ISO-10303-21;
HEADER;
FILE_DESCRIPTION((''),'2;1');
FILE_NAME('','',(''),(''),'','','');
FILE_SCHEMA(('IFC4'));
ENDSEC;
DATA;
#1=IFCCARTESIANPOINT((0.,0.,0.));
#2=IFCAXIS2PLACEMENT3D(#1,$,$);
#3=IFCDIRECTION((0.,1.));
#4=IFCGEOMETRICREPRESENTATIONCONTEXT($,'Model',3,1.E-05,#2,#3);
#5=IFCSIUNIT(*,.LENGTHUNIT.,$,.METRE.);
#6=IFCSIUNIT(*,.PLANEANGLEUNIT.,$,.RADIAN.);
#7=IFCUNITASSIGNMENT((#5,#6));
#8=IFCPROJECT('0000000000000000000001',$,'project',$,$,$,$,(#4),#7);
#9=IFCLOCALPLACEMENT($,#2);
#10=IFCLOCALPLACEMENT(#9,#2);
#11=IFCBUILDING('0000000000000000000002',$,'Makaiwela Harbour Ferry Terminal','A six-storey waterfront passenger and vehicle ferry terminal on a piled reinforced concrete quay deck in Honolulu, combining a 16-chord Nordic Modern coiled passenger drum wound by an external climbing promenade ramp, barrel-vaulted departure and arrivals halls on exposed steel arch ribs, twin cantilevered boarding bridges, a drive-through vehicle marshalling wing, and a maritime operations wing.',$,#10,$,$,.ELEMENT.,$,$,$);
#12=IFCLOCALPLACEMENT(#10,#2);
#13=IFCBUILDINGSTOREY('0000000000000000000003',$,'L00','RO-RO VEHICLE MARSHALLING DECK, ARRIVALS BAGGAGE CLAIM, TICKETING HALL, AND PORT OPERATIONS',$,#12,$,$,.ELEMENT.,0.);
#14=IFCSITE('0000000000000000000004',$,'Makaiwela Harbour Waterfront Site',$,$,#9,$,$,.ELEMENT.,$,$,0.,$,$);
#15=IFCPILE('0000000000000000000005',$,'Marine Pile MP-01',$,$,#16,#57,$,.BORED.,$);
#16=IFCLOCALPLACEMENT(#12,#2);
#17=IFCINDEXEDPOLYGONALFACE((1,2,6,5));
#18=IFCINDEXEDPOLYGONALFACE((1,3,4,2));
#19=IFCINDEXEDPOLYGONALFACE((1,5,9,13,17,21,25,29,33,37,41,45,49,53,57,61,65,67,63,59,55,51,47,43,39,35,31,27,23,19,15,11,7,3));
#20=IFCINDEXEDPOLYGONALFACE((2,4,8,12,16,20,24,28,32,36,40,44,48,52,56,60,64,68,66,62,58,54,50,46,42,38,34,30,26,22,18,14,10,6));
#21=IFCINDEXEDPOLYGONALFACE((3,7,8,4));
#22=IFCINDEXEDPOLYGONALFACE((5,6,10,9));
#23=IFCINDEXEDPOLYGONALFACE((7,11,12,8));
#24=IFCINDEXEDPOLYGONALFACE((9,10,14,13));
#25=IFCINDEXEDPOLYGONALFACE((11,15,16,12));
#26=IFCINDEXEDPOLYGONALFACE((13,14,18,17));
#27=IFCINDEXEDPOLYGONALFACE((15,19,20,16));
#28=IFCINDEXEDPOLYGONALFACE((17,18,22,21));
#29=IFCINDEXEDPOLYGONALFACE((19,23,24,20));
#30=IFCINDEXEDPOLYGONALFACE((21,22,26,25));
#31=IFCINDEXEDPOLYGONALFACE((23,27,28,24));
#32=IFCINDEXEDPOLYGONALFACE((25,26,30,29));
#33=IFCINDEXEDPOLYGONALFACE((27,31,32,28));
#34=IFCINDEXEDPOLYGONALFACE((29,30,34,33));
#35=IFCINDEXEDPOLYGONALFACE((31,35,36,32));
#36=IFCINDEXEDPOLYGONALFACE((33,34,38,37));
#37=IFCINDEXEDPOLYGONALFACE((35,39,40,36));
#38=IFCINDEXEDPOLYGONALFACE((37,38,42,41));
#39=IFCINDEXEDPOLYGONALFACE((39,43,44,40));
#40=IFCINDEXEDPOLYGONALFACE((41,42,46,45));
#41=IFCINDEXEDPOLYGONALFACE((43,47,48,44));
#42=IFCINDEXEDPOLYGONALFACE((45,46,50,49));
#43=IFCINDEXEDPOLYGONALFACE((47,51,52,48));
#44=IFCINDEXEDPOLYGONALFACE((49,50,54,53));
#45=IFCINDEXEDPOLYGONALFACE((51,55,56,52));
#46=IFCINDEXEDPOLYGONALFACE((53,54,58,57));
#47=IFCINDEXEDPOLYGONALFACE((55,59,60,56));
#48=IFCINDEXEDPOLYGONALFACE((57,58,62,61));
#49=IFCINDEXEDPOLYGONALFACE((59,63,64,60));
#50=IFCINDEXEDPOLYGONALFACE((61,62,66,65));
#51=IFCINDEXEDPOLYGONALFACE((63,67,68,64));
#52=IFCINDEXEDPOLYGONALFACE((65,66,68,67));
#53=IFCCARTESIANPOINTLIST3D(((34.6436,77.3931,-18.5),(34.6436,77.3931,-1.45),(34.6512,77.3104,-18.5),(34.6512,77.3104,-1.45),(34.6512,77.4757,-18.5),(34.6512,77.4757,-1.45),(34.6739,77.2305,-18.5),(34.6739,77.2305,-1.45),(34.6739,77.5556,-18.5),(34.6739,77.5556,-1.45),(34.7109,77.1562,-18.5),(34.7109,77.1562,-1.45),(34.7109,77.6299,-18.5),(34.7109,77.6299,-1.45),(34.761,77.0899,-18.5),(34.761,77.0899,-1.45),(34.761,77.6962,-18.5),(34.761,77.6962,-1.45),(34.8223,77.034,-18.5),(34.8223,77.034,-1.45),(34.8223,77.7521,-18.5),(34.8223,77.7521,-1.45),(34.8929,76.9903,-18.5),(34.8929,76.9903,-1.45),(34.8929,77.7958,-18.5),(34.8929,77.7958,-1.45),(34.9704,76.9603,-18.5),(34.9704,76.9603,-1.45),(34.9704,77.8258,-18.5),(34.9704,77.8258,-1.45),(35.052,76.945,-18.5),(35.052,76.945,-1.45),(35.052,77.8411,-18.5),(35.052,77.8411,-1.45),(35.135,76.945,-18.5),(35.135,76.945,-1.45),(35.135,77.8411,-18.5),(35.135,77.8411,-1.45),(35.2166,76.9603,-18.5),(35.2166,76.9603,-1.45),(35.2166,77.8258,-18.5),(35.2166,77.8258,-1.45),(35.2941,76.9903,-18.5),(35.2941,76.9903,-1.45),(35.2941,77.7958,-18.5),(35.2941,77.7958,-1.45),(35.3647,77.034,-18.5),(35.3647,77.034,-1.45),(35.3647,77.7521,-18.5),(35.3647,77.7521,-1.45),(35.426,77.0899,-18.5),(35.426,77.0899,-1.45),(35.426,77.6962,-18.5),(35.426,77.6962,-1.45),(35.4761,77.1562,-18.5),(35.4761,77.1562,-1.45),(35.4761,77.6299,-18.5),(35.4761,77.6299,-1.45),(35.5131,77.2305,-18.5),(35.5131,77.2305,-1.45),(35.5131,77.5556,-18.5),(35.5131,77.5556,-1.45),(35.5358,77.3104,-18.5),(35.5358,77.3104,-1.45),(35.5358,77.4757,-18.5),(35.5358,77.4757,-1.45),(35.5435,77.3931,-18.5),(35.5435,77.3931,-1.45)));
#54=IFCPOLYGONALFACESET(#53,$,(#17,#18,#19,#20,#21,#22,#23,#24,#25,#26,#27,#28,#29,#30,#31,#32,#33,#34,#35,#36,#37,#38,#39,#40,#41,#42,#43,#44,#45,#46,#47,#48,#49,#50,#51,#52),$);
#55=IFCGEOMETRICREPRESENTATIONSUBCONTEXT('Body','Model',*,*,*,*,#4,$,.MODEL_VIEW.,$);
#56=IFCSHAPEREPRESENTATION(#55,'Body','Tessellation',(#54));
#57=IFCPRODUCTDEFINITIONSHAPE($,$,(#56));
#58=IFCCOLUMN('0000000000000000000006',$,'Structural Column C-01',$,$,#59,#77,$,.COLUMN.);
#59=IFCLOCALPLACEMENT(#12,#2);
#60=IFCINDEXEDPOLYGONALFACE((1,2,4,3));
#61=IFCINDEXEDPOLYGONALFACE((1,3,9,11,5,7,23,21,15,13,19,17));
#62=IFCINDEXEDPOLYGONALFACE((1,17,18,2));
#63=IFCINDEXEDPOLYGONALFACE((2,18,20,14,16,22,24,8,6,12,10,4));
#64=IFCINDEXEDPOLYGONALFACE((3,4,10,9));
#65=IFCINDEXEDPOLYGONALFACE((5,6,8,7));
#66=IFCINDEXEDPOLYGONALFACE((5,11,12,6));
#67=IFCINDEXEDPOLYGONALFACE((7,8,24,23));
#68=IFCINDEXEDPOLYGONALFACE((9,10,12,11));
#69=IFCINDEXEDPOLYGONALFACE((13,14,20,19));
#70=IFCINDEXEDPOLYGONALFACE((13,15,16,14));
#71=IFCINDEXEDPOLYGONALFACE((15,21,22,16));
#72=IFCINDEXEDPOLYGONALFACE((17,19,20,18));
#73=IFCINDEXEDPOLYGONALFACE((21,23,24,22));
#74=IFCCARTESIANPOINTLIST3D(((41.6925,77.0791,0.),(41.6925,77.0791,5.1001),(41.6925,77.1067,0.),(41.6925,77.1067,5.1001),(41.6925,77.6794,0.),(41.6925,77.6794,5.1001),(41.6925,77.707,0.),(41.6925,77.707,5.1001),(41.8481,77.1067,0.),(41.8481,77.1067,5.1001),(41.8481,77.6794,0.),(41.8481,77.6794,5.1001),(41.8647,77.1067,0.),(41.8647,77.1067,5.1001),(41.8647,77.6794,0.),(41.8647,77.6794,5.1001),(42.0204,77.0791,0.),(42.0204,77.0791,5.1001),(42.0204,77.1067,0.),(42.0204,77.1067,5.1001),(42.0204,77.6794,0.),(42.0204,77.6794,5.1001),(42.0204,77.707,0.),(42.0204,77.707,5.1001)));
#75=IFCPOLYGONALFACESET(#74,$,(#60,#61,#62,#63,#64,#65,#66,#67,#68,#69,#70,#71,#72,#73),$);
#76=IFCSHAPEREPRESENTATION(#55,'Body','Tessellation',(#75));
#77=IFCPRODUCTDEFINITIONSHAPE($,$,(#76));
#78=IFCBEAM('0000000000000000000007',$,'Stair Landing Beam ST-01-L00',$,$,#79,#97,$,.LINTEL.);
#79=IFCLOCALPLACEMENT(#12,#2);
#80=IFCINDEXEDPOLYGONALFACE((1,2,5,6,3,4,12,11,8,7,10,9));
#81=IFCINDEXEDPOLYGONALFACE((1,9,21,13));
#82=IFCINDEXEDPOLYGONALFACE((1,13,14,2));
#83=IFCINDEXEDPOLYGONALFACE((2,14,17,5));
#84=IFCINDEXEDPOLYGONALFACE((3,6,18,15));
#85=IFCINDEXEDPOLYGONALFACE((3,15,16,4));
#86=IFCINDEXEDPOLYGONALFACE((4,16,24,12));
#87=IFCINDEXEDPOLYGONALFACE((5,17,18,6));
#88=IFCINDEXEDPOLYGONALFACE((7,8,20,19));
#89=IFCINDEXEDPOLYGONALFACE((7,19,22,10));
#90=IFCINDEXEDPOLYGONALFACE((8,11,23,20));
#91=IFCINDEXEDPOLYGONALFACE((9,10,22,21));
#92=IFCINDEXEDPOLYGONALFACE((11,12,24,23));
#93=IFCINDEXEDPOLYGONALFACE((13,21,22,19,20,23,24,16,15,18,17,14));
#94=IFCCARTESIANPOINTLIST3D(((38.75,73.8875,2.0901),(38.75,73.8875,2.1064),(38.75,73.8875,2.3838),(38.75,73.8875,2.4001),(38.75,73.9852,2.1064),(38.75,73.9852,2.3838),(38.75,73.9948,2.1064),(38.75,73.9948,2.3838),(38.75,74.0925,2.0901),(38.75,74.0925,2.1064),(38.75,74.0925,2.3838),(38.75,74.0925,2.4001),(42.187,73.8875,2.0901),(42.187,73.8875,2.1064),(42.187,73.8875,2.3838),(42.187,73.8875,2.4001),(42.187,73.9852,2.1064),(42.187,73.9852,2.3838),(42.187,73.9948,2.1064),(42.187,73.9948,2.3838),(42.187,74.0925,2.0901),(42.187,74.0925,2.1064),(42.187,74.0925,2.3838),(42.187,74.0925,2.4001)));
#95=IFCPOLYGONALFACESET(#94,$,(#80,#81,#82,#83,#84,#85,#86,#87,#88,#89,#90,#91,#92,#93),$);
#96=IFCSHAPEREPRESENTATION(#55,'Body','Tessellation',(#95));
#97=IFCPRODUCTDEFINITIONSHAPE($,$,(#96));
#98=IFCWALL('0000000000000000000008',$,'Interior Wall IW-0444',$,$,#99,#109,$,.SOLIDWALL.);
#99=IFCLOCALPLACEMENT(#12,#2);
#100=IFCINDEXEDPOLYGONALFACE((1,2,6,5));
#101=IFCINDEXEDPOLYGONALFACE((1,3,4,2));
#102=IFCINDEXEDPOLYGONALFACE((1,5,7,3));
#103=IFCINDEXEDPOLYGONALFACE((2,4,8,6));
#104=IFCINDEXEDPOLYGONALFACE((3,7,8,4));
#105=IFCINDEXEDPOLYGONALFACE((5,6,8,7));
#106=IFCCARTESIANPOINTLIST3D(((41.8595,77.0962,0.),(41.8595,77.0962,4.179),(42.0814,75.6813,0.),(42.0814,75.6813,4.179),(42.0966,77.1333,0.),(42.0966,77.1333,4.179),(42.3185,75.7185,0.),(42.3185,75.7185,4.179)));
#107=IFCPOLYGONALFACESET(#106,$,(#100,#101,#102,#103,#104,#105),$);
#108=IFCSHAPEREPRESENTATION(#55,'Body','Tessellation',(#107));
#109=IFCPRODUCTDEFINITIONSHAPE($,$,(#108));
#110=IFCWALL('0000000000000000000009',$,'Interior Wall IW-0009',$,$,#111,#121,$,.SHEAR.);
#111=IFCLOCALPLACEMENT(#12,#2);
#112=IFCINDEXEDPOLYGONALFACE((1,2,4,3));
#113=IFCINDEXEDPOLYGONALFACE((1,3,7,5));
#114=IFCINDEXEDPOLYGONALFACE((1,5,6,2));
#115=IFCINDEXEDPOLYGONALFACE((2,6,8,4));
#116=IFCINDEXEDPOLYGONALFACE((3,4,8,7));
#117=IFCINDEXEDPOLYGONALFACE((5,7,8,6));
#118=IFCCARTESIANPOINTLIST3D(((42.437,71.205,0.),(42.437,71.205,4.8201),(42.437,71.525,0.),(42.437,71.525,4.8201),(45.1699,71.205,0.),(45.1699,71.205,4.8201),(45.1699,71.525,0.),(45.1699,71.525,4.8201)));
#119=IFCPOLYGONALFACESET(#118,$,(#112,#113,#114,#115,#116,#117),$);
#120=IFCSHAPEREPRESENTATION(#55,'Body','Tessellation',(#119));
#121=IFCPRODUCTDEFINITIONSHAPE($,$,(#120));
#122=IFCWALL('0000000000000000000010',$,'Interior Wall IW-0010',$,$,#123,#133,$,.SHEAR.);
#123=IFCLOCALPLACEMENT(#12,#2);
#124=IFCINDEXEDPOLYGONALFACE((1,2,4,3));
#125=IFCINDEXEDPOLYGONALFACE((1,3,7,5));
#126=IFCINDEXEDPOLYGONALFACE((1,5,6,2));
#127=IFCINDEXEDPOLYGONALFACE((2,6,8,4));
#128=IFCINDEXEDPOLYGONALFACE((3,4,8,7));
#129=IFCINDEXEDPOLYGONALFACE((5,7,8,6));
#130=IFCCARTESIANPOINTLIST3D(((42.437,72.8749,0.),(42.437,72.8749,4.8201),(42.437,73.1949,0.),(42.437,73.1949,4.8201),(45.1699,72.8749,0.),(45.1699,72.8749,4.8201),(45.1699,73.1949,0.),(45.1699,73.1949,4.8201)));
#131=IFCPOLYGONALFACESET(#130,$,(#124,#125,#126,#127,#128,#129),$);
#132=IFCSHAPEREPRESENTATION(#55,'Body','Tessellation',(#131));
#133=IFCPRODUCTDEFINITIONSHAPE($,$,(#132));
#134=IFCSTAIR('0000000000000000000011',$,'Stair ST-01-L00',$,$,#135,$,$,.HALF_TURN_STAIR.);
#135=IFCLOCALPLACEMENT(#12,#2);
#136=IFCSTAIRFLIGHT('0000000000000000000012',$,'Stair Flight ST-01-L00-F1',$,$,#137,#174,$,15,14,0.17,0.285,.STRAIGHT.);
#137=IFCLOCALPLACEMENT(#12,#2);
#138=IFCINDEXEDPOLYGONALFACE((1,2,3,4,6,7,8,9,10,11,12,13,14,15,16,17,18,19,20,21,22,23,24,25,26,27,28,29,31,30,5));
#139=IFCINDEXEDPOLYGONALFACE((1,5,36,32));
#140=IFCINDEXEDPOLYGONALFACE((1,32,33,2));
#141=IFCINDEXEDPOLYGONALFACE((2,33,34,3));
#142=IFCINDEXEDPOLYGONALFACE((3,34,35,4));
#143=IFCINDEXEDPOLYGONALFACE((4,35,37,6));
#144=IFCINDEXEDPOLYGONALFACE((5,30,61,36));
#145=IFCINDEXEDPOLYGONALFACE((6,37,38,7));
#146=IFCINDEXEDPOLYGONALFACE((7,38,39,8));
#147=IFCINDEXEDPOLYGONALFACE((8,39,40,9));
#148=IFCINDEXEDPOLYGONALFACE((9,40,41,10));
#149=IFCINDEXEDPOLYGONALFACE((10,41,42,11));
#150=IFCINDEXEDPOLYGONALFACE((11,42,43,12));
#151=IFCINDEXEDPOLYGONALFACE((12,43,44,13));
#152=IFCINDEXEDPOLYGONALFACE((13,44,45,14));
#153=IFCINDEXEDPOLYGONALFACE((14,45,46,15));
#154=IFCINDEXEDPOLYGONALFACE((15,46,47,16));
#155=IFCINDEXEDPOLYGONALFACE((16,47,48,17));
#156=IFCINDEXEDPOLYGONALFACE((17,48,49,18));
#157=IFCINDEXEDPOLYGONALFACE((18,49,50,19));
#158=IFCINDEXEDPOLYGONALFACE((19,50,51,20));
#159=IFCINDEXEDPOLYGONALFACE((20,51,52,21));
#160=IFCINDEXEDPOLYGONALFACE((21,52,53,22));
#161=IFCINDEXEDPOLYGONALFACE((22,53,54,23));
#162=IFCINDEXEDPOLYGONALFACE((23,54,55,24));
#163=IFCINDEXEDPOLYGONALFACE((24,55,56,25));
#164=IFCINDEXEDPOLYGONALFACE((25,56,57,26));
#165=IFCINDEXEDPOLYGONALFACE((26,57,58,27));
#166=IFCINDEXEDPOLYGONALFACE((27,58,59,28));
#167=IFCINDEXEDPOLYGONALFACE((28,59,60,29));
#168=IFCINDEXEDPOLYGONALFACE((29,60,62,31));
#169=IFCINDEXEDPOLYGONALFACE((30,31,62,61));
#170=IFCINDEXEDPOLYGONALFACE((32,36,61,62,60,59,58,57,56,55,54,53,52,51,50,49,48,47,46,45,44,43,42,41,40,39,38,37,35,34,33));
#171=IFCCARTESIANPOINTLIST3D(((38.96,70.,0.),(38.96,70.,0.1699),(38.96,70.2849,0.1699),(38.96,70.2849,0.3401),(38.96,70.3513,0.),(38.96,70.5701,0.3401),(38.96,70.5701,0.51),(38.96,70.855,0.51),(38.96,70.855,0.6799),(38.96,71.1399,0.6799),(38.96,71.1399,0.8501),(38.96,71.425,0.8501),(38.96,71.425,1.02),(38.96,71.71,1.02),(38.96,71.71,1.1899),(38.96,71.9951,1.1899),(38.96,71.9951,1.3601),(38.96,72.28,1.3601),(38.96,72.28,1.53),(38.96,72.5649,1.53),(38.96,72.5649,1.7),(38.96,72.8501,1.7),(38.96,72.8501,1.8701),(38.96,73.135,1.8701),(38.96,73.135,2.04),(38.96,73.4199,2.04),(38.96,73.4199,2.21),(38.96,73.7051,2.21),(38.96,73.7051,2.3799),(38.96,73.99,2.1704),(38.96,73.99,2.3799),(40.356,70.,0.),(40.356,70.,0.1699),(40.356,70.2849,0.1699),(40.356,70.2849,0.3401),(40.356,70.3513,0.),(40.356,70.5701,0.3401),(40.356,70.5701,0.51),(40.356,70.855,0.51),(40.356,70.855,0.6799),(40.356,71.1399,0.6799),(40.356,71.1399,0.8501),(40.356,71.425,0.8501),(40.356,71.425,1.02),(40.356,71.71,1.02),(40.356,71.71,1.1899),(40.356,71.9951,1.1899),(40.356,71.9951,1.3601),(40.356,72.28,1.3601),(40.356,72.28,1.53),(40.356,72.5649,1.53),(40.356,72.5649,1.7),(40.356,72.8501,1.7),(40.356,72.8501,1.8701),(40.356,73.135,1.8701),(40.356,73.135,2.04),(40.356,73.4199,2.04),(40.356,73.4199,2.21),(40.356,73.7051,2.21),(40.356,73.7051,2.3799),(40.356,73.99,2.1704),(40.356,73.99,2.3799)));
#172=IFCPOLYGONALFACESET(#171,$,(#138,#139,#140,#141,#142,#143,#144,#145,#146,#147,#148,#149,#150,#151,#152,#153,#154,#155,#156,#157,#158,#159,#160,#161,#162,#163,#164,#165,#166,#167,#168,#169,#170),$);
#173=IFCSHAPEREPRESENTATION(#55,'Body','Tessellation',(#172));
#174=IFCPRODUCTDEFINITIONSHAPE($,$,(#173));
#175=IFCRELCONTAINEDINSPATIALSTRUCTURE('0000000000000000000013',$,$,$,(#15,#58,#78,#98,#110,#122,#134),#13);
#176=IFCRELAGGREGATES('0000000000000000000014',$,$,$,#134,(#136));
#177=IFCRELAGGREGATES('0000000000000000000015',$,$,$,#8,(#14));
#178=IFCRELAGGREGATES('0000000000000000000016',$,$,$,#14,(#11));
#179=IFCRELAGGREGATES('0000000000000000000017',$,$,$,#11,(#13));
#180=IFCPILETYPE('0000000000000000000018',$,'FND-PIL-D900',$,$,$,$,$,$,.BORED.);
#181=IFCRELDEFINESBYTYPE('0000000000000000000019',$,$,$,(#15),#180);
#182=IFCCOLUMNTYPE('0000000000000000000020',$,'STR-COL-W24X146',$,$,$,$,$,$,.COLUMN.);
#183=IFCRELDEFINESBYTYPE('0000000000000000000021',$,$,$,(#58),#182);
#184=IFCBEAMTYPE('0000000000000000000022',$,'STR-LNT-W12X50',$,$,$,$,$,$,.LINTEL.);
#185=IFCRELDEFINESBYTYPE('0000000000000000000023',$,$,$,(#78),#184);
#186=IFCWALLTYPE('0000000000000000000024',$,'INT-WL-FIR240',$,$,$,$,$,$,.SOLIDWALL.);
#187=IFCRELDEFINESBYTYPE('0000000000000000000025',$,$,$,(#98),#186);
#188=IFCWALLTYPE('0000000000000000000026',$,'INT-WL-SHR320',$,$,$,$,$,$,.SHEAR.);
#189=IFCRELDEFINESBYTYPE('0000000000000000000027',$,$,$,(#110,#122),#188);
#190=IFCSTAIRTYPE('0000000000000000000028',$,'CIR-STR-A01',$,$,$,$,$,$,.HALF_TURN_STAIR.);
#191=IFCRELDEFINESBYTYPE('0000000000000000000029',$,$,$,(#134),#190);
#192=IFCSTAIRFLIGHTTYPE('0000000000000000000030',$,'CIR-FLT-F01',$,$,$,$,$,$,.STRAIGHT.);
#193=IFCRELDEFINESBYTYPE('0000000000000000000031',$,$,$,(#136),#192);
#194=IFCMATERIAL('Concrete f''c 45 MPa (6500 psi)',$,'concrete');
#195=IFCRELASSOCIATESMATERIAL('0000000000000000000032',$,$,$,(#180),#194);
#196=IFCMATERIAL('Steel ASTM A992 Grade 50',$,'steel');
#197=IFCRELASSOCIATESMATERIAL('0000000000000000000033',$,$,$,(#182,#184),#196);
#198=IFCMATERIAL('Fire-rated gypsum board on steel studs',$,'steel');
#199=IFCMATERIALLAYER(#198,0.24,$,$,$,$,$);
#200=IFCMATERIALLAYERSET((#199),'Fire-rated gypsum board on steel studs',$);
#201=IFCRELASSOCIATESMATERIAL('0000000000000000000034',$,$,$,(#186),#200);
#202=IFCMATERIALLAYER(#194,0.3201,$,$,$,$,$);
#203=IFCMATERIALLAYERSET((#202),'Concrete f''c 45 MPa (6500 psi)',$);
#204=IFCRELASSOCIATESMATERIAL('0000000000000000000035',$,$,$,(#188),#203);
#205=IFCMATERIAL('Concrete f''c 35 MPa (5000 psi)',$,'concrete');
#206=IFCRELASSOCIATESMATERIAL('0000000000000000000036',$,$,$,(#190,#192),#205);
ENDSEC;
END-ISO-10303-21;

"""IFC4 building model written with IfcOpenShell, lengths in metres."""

from ifc_helpers import new_model, si_unit, direction, frame, frame_2d, origin, origin_2d, place, context, subcontext, project, spatial, polyline, rectangle, circle, i_section, outline, extrude, material, layer, layer_set, material_profile, profile_set, type_object, element, aggregate, save


model = new_model("IFC4")

# Units and contexts
model_context = context("Model", 3, precision=1e-05, world=origin(), true_north=direction((0.0, 1.0)))
body_context = subcontext(model_context, "Body", "Model", "MODEL_VIEW")
ifc_project = project(units=[si_unit("LENGTHUNIT", "METRE"), si_unit("PLANEANGLEUNIT", "RADIAN")], contexts=[model_context])

# Site, building, storey
site_placement = place(None, origin())
site = spatial("IfcSite", under=ifc_project, at=site_placement, Name="Makaiwela Harbour Waterfront Site", CompositionType="ELEMENT", RefElevation=0.0)
building_placement = place(site_placement, origin())
building = spatial("IfcBuilding", under=site, at=building_placement, Name="Makaiwela Harbour Ferry Terminal", Description="A six-storey waterfront passenger and vehicle ferry terminal on a piled reinforced concrete quay deck in Honolulu, combining a 16-chord Nordic Modern coiled passenger drum wound by an external climbing promenade ramp, barrel-vaulted departure and arrivals halls on exposed steel arch ribs, twin cantilevered boarding bridges, a drive-through vehicle marshalling wing, and a maritime operations wing.", CompositionType="ELEMENT")
storey_placement = place(building_placement, origin())
storey = spatial("IfcBuildingStorey", under=building, at=storey_placement, Name="L00", Description="RO-RO VEHICLE MARSHALLING DECK, ARRIVALS BAGGAGE CLAIM, TICKETING HALL, AND PORT OPERATIONS", CompositionType="ELEMENT", Elevation=0.0)

# Shared definitions
ifc_material_1 = material(Name="Concrete f'c 45 MPa (6500 psi)", Category="concrete")

# Pile
ifc_material_profile_1 = material_profile(ifc_material_1, circle(Radius=0.45, at=origin_2d()), Name="PILE-D900")
ifc_profile_set_1 = profile_set([ifc_material_profile_1], Name="Concrete f'c 45 MPa (6500 psi)")
pile_type_1 = type_object("IfcPileType", Name="FND-PIL-D900", PredefinedType="BORED", material=ifc_profile_set_1)
for number, where, z_axis, x_axis, name in (
    (1, (35.0935, 77.3931, -1.45), (0.0, 0.0, -1.0), (1.0, 0.0, 0.0), "Marine Pile MP-01"),
):
    element("IfcPile", number, at=place(storey_placement, frame(where, z_axis=z_axis, x_axis=x_axis)), inside=storey, type_object=pile_type_1, Name=name, PredefinedType="BORED", context=body_context, shape_type="SweptSolid", body=[
        extrude(circle(Radius=0.45, at=origin_2d()), origin(), (0.0, 0.0, 1.0), 17.05),
    ])

# Column
ifc_material_2 = material(Name="Steel ASTM A992 Grade 50", Category="steel")
ifc_material_profile_2 = material_profile(ifc_material_2, i_section(OverallWidth=0.3279, OverallDepth=0.6279, WebThickness=0.0166, FlangeThickness=0.0276, at=origin_2d()), Name="W24X146")
ifc_profile_set_2 = profile_set([ifc_material_profile_2], Name="Steel ASTM A992 Grade 50")
column_type = type_object("IfcColumnType", Name="STR-COL-W24X146", PredefinedType="COLUMN", material=ifc_profile_set_2)
column_placement = place(storey_placement, frame((41.8564, 77.3931, 0.0), z_axis=(0.0, 0.0, 1.0), x_axis=(1.0, 0.0, 0.0)))
element("IfcColumn", 2, at=column_placement, inside=storey, type_object=column_type, Name="Structural Column C-01", PredefinedType="COLUMN", context=body_context, shape_type="SweptSolid", body=[
    extrude(i_section(OverallWidth=0.3279, OverallDepth=0.6279, WebThickness=0.0166, FlangeThickness=0.0276, at=origin_2d()), origin(), (0.0, 0.0, 1.0), 5.1001),
])

# Beam
ifc_material_profile_3 = material_profile(ifc_material_2, i_section(OverallWidth=0.2051, OverallDepth=0.3101, WebThickness=0.0095, FlangeThickness=0.0164, at=origin_2d()), Name="W12X50")
ifc_profile_set_3 = profile_set([ifc_material_profile_3], Name="Steel ASTM A992 Grade 50")
beam_type = type_object("IfcBeamType", Name="STR-LNT-W12X50", PredefinedType="LINTEL", material=ifc_profile_set_3)
beam_placement = place(storey_placement, frame((38.75, 73.99, 2.2451), z_axis=(1.0, 0.0, 0.0), x_axis=(0.0, 1.0, 0.0)))
element("IfcBeam", 3, at=beam_placement, inside=storey, type_object=beam_type, Name="Stair Landing Beam ST-01-L00", PredefinedType="LINTEL", context=body_context, shape_type="SweptSolid", body=[
    extrude(i_section(OverallWidth=0.2051, OverallDepth=0.3101, WebThickness=0.0095, FlangeThickness=0.0164, at=origin_2d()), origin(), (0.0, 0.0, 1.0), 3.437),
])

# Shared definitions
ifc_material_3 = material(Name="Fire-rated gypsum board on steel studs", Category="steel")
ifc_layer_1 = layer(ifc_material_3, 0.24)
ifc_layer_set_1 = layer_set([ifc_layer_1], Name="Fire-rated gypsum board on steel studs")
wall_type_1 = type_object("IfcWallType", Name="INT-WL-FIR240", PredefinedType="SOLIDWALL", material=ifc_layer_set_1)

# Walls
wall_1_placement = place(storey_placement, frame((41.978, 77.1147, 0.0), z_axis=(0.0, 0.0, 1.0), x_axis=(0.154965, -0.98792, 0.0)))
element("IfcWall", 4, at=wall_1_placement, inside=storey, type_object=wall_type_1, Name="Interior Wall IW-0444", PredefinedType="SOLIDWALL", context=body_context, shape_type="SweptSolid", body=[
    extrude(rectangle(XDim=1.4321, YDim=0.24, at=frame_2d((0.7161, 0.0))), origin(), (0.0, 0.0, 1.0), 4.179),
])
ifc_layer_2 = layer(ifc_material_1, 0.3201)
ifc_layer_set_2 = layer_set([ifc_layer_2], Name="Concrete f'c 45 MPa (6500 psi)")
wall_type_2 = type_object("IfcWallType", Name="INT-WL-SHR320", PredefinedType="SHEAR", material=ifc_layer_set_2)
for number, where, z_axis, x_axis, name in (
    (5, (42.437, 71.365, 0.0), (0.0, 0.0, 1.0), (1.0, 0.0, 0.0), "Interior Wall IW-0009"),
    (6, (42.437, 73.0349, 0.0), (0.0, 0.0, 1.0), (1.0, 0.0, 0.0), "Interior Wall IW-0010"),
):
    element("IfcWall", number, at=place(storey_placement, frame(where, z_axis=z_axis, x_axis=x_axis)), inside=storey, type_object=wall_type_2, Name=name, PredefinedType="SHEAR", context=body_context, shape_type="SweptSolid", body=[
        extrude(rectangle(XDim=2.7329, YDim=0.3201, at=frame_2d((1.3665, 0.0))), origin(), (0.0, 0.0, 1.0), 4.8201),
    ])

# Stair, stair flight
ifc_material_4 = material(Name="Concrete f'c 35 MPa (5000 psi)", Category="concrete")
stair_type = type_object("IfcStairType", Name="CIR-STR-A01", PredefinedType="HALF_TURN_STAIR", material=ifc_material_4)
stair_placement = place(storey_placement, origin())
stair = element("IfcStair", 7, at=stair_placement, inside=storey, type_object=stair_type, Name="Stair ST-01-L00", PredefinedType="HALF_TURN_STAIR")
stair_flight_type = type_object("IfcStairFlightType", Name="CIR-FLT-F01", PredefinedType="STRAIGHT", material=ifc_material_4)
stair_flight_1_placement = place(storey_placement, frame((39.658, 70.0, 0.0), z_axis=(0.0, 0.0, 1.0), x_axis=(0.0, 1.0, 0.0)))
stair_flight_1 = element("IfcStairFlight", 8, at=stair_flight_1_placement, type_object=stair_flight_type, Name="Stair Flight ST-01-L00-F1", NumberOfRisers=15, NumberOfTreads=14, PredefinedType="STRAIGHT", RiserHeight=0.17, TreadLength=0.285, context=body_context, shape_type="SweptSolid", body=[
    extrude(outline(polyline([(0.0, 0.0), (0.0, 0.1699), (0.2849, 0.1699), (0.2849, 0.3401), (0.5701, 0.3401), (0.5701, 0.51), (0.855, 0.51), (0.855, 0.6799), (1.1399, 0.6799), (1.1399, 0.8501), (1.425, 0.8501), (1.425, 1.02), (1.71, 1.02), (1.71, 1.1899), (1.9951, 1.1899), (1.9951, 1.3601), (2.28, 1.3601), (2.28, 1.53), (2.5649, 1.53), (2.5649, 1.7), (2.8501, 1.7), (2.8501, 1.8701), (3.135, 1.8701), (3.135, 2.04), (3.4199, 2.04), (3.4199, 2.21), (3.7051, 2.21), (3.7051, 2.3799), (3.99, 2.3799), (3.99, 2.55), (3.99, 2.1704), (0.3513, 0.0), (0.0, 0.0)])), frame((0.0, 0.698, 0.0), z_axis=(0.0, -1.0, 0.0), x_axis=(1.0, 0.0, 0.0)), (0.0, 0.0, 1.0), 1.396),
])
aggregate(stair, [stair_flight_1])

save(model, "model.ifc")
